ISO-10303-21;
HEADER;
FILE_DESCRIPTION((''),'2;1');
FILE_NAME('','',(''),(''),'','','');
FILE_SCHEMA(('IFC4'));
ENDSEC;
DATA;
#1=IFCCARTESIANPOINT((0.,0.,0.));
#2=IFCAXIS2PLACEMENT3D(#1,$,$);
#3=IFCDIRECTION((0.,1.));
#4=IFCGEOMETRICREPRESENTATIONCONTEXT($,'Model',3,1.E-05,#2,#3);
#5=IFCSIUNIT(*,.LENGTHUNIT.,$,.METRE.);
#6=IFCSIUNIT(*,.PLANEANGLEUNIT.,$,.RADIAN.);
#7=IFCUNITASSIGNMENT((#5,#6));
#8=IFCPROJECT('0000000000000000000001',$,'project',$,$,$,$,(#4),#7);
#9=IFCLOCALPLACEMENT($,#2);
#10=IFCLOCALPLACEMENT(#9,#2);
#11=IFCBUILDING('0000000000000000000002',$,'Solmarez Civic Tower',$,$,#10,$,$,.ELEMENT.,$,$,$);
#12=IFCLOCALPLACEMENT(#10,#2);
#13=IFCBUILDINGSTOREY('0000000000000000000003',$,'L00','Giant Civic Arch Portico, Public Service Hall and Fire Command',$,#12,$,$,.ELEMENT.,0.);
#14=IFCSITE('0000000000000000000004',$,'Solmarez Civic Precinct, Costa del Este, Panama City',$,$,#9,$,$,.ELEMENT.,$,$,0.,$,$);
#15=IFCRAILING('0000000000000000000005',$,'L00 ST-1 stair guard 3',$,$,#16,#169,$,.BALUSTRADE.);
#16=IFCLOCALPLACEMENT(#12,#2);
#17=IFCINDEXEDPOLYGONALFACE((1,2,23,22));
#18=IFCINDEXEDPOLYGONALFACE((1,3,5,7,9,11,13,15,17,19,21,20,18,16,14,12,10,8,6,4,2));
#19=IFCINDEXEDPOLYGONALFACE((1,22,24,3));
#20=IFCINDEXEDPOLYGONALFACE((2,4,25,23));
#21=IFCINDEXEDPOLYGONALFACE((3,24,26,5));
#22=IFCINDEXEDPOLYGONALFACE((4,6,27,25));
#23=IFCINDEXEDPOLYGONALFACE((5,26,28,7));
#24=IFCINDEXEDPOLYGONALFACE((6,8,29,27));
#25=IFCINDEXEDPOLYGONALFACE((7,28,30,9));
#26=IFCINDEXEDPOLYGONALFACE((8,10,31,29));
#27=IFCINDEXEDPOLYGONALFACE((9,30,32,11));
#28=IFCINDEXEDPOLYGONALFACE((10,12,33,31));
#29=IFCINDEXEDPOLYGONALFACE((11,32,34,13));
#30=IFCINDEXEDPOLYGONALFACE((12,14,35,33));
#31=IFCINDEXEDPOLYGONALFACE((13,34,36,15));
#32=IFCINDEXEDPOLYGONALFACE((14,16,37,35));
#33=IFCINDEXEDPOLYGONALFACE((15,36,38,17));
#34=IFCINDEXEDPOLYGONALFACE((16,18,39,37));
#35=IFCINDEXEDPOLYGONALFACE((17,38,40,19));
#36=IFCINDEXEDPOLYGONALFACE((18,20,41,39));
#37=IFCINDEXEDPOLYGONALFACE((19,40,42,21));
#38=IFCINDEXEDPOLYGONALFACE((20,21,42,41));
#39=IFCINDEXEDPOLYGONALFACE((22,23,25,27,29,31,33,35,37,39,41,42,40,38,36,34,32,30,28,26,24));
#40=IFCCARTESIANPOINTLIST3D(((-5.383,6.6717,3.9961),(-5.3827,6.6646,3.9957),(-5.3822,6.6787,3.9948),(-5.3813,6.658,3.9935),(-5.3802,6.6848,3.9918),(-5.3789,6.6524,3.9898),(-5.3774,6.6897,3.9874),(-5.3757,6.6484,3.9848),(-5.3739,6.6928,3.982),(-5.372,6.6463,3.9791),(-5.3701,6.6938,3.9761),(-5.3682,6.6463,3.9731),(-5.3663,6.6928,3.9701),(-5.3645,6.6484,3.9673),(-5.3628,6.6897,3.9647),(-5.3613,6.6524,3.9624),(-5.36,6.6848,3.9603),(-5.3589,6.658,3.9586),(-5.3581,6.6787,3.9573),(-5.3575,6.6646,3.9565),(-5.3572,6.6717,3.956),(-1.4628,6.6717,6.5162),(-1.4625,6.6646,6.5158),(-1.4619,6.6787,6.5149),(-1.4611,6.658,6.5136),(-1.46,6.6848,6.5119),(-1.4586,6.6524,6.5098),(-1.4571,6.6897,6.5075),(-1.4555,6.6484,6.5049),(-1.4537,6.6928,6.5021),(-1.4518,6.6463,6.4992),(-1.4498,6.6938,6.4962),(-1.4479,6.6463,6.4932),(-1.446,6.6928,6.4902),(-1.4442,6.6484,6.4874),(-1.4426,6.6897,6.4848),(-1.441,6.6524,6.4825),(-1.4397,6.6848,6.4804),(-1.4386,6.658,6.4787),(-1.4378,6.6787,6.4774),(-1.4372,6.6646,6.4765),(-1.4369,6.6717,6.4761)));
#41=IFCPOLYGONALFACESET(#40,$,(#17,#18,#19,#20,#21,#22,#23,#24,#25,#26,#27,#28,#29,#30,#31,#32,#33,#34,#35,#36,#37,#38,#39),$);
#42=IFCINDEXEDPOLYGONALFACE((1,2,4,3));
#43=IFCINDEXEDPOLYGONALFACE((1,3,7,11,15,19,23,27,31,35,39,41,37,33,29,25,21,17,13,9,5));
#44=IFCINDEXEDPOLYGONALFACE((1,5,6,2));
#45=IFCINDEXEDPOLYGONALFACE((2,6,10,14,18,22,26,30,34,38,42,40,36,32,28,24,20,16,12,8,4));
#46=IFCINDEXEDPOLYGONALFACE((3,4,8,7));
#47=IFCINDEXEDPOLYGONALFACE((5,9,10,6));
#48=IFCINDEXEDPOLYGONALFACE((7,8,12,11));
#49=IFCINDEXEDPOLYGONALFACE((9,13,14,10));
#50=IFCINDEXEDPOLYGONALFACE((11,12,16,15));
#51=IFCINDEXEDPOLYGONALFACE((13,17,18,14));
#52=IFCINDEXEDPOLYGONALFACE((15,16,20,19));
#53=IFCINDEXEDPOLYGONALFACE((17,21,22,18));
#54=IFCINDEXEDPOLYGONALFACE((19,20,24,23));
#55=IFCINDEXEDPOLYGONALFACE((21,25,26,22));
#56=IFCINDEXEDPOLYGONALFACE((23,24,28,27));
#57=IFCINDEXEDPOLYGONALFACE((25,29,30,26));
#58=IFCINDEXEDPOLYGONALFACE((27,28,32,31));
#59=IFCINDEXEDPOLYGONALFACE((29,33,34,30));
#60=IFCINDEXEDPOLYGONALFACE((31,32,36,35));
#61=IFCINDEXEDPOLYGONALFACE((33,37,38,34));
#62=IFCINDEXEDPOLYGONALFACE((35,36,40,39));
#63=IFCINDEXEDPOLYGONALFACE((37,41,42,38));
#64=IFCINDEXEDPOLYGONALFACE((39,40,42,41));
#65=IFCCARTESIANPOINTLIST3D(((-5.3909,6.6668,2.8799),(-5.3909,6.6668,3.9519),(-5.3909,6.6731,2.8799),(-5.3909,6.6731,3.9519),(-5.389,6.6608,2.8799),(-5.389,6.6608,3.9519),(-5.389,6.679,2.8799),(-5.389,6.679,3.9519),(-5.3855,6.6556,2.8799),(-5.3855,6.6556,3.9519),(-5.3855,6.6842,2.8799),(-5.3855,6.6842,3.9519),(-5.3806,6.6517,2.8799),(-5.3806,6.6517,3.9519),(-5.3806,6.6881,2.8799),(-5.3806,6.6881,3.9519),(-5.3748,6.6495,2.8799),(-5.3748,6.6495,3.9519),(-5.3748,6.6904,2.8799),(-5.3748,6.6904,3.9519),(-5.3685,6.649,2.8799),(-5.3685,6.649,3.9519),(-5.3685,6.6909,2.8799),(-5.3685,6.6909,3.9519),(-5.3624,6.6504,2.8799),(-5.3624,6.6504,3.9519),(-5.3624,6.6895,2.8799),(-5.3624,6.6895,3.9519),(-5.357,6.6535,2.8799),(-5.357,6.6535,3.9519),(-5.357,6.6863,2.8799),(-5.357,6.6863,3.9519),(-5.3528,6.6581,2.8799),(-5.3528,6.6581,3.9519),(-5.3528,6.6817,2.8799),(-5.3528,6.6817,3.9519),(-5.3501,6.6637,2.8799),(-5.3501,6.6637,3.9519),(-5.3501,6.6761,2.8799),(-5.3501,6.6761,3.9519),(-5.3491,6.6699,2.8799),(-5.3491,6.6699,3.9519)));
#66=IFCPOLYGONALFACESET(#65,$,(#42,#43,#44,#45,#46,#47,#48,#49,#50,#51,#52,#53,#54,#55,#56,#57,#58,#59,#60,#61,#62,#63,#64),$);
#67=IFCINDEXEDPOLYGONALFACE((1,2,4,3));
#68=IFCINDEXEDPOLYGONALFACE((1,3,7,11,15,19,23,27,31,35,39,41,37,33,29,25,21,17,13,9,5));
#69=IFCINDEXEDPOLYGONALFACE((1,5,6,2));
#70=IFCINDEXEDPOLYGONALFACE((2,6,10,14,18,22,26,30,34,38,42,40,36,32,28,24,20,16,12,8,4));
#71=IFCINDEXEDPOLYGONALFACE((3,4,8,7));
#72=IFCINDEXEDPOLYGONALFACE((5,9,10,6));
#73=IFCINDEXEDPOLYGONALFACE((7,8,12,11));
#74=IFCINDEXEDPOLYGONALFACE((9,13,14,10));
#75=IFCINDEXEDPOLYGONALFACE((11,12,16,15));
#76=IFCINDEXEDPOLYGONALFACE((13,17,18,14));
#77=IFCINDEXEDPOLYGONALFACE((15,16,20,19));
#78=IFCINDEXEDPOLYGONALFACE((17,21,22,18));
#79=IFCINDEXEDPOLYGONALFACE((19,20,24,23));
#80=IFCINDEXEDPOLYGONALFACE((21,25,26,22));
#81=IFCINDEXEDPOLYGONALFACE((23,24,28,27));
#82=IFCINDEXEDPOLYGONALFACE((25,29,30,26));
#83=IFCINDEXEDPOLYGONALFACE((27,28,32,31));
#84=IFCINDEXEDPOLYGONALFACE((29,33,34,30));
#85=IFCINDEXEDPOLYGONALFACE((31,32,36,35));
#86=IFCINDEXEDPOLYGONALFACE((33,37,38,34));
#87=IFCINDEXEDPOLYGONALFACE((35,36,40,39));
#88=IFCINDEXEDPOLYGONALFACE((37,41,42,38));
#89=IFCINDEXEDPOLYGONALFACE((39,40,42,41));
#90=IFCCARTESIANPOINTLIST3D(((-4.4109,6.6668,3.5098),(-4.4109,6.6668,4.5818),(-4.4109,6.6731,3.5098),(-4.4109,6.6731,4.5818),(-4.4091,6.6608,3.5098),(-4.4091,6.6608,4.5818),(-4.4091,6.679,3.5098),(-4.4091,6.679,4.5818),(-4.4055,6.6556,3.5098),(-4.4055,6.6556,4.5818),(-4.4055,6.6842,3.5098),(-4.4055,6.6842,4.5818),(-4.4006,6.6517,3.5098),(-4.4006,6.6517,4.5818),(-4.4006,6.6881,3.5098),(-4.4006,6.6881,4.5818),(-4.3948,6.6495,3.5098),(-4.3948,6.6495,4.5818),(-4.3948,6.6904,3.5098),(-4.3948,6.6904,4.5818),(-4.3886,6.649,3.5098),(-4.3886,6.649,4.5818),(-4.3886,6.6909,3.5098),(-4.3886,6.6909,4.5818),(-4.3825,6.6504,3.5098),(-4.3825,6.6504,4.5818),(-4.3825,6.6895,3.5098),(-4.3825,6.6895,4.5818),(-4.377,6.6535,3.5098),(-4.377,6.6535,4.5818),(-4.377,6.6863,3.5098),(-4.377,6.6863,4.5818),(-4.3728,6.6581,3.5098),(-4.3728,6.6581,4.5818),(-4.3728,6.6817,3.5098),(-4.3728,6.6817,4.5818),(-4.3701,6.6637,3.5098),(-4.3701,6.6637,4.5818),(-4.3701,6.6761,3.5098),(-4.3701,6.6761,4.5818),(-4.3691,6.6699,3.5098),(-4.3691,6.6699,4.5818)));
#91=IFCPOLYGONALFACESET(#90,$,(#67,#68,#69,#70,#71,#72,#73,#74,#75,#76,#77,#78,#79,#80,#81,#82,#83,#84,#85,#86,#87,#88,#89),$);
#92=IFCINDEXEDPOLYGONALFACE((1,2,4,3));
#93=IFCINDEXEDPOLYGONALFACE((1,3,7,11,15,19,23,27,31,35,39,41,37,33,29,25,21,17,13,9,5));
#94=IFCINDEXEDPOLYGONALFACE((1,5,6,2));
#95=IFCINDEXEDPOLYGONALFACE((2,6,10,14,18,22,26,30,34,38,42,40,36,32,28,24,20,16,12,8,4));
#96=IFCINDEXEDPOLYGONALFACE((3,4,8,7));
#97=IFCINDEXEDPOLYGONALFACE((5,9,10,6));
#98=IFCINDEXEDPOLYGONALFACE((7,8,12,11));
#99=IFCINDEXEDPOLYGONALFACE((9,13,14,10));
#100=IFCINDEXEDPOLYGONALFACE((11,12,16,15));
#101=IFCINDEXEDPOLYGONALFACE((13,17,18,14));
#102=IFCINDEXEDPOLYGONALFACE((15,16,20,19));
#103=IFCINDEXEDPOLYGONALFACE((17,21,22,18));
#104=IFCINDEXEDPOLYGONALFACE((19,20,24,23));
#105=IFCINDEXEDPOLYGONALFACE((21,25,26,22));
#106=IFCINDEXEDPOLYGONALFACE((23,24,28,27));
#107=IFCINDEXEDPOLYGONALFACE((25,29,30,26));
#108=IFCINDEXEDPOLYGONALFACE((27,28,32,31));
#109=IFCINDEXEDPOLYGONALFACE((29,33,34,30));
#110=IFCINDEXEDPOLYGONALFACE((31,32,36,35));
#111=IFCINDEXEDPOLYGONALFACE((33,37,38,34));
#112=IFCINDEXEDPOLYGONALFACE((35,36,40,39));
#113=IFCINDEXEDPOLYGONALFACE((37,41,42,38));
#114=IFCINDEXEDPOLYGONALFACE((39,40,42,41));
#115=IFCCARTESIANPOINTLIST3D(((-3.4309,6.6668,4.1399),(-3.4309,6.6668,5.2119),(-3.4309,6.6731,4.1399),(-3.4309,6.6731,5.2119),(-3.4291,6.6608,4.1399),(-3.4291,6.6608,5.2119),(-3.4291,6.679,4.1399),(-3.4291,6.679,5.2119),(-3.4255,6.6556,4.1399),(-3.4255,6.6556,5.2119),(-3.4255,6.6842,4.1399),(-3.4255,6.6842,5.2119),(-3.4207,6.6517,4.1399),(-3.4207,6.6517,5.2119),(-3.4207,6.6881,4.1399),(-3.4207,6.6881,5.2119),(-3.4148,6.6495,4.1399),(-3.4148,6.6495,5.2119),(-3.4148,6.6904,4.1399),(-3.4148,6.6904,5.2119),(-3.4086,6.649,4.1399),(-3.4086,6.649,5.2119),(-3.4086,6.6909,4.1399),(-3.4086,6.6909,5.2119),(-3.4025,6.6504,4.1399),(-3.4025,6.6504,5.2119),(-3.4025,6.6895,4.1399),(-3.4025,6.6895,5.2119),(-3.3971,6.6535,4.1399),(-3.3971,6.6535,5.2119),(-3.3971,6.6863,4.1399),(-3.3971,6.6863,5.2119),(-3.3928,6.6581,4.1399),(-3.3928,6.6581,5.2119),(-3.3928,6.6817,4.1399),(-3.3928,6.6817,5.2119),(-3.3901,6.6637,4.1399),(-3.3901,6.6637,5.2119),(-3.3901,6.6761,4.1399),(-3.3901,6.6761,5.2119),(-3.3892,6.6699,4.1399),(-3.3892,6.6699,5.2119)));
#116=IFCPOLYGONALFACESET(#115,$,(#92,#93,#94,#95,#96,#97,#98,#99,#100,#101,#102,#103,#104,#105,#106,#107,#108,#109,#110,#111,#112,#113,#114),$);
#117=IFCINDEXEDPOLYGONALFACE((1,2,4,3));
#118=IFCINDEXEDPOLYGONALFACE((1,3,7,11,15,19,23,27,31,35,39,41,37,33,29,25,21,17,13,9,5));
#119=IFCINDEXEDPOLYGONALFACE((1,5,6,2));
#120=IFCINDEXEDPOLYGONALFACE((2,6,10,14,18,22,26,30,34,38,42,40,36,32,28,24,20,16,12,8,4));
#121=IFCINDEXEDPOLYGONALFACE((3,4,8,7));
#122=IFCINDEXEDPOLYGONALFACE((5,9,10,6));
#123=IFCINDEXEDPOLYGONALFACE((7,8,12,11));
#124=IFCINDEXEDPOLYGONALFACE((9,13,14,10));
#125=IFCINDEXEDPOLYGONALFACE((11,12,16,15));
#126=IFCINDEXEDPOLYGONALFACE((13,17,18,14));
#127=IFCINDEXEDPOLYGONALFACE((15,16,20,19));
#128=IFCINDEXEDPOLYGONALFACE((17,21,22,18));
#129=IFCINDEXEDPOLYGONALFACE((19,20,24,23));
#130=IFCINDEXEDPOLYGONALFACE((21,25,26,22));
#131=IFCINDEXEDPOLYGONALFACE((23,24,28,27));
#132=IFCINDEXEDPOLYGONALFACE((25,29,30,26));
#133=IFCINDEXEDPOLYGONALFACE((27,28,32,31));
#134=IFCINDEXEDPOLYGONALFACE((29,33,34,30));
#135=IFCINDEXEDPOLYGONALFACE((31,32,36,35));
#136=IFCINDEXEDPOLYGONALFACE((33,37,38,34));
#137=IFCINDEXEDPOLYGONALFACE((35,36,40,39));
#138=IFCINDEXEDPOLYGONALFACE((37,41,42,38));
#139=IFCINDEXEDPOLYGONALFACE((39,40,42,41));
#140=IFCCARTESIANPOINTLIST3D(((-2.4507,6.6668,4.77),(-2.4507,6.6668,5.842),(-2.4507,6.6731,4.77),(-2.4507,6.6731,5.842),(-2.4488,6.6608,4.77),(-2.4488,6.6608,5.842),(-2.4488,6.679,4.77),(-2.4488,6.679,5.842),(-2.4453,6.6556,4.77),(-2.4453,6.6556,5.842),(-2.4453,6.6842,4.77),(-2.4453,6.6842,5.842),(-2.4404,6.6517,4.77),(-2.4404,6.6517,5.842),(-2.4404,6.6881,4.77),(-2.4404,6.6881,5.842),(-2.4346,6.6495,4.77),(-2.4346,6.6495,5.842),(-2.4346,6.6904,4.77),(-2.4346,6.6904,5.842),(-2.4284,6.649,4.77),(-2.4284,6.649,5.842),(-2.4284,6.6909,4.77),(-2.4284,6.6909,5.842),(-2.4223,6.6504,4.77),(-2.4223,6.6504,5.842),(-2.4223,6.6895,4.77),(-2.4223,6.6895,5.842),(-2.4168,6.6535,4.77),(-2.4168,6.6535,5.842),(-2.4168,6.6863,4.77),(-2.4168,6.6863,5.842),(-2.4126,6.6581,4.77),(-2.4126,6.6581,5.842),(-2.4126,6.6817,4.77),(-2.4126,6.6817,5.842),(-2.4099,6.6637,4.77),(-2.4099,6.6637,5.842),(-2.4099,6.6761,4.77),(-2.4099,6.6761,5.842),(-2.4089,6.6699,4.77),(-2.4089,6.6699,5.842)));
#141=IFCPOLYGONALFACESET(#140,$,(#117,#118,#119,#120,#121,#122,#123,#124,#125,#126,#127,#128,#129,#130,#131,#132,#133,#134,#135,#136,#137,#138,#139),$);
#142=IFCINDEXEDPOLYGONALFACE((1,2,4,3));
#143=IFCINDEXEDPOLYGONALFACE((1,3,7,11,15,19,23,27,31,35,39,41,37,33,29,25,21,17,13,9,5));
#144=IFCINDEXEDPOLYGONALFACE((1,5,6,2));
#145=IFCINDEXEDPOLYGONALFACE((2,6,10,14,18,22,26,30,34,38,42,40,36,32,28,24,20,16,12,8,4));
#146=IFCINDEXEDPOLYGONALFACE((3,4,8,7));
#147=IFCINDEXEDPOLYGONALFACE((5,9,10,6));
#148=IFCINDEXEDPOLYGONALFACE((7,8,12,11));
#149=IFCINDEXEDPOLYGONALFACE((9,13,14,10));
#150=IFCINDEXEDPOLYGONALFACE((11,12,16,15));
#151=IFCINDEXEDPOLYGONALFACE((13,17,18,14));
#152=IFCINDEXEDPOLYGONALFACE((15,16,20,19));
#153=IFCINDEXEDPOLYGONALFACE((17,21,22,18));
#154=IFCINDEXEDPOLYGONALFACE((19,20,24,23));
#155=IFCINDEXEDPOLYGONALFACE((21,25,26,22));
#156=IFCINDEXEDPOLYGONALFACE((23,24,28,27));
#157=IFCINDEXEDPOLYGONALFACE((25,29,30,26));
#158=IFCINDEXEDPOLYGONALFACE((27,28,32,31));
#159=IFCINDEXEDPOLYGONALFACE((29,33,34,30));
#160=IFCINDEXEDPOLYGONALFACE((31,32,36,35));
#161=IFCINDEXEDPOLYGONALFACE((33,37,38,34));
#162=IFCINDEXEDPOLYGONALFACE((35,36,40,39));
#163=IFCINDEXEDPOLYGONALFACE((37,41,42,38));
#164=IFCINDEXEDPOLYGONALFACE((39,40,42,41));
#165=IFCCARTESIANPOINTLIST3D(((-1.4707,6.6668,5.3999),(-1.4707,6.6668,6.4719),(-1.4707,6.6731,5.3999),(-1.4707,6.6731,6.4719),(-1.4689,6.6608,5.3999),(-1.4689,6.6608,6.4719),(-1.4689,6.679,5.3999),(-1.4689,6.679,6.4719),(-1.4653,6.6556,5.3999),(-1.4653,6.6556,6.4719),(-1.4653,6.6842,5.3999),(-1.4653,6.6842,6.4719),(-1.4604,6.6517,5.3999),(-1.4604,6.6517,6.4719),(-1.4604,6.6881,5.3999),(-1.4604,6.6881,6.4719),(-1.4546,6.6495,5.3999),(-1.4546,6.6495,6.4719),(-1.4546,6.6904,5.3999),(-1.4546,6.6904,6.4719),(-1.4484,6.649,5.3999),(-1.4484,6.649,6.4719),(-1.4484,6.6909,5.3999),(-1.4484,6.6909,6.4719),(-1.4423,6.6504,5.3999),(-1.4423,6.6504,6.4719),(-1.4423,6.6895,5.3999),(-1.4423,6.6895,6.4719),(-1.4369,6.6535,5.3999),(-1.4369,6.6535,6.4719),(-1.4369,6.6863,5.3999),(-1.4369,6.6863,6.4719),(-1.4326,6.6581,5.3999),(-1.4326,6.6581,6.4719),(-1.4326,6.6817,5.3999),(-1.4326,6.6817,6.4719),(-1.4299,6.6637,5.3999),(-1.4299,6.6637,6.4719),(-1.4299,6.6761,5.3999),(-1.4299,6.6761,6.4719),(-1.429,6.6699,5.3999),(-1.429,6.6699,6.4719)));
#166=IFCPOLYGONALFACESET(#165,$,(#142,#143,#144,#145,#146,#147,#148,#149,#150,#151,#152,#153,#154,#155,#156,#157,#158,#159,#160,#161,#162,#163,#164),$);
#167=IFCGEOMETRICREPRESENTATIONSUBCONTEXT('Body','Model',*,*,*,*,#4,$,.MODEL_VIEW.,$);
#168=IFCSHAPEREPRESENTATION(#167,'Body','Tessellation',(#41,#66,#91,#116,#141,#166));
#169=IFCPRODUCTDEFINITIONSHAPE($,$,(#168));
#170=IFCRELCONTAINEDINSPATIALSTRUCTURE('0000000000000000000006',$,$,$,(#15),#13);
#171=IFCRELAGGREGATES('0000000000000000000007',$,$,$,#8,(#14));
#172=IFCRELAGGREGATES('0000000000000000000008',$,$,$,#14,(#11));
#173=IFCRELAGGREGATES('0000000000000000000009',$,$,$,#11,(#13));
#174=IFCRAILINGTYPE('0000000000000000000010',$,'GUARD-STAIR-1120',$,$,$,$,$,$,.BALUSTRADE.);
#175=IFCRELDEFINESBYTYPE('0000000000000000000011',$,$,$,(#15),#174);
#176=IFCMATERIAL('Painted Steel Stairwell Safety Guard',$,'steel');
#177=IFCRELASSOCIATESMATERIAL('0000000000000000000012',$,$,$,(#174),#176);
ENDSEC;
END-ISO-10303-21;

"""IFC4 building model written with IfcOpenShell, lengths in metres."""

from ifc_helpers import new_model, si_unit, direction, frame, origin, origin_2d, place, context, subcontext, project, spatial, circle, extrude, material, type_object, element, save


model = new_model("IFC4")

# Units and contexts
model_context = context("Model", 3, precision=1e-05, world=origin(), true_north=direction((0.0, 1.0)))
body_context = subcontext(model_context, "Body", "Model", "MODEL_VIEW")
ifc_project = project(units=[si_unit("LENGTHUNIT", "METRE"), si_unit("PLANEANGLEUNIT", "RADIAN")], contexts=[model_context])

# Site, building, storey
site_placement = place(None, origin())
site = spatial("IfcSite", under=ifc_project, at=site_placement, Name="Solmarez Civic Precinct, Costa del Este, Panama City", CompositionType="ELEMENT", RefElevation=0.0)
building_placement = place(site_placement, origin())
building = spatial("IfcBuilding", under=site, at=building_placement, Name="Solmarez Civic Tower", CompositionType="ELEMENT")
storey_placement = place(building_placement, origin())
storey = spatial("IfcBuildingStorey", under=building, at=storey_placement, Name="L00", Description="Giant Civic Arch Portico, Public Service Hall and Fire Command", CompositionType="ELEMENT", Elevation=0.0)

# Railing
ifc_material_1 = material(Name="Painted Steel Stairwell Safety Guard", Category="steel")
railing_type_1 = type_object("IfcRailingType", Name="GUARD-STAIR-1120", PredefinedType="BALUSTRADE", material=ifc_material_1)
railing_1_placement = place(storey_placement, frame((-5.3701, 6.6699, 2.8799)))
element("IfcRailing", 1, at=railing_1_placement, inside=storey, type_object=railing_type_1, Name="L00 ST-1 stair guard 3", PredefinedType="BALUSTRADE", context=body_context, shape_type="SweptSolid", body=[
    extrude(circle(Radius=0.0239, at=origin_2d()), frame((0.0, 0.0, 1.0962), z_axis=(0.841187, 0.0, 0.540744), x_axis=(0.0, 1.0, 0.0)), (0.0, 0.0, 1.0), 4.6604),
    extrude(circle(Radius=0.021, at=origin_2d()), origin(), (0.0, 0.0, 1.0), 1.072),
    extrude(circle(Radius=0.021, at=origin_2d()), frame((0.98, 0.0, 0.6299)), (0.0, 0.0, 1.0), 1.072),
    extrude(circle(Radius=0.021, at=origin_2d()), frame((1.96, 0.0, 1.26)), (0.0, 0.0, 1.0), 1.072),
    extrude(circle(Radius=0.021, at=origin_2d()), frame((2.9402, 0.0, 1.8901)), (0.0, 0.0, 1.0), 1.072),
    extrude(circle(Radius=0.021, at=origin_2d()), frame((3.9202, 0.0, 2.52)), (0.0, 0.0, 1.0), 1.072),
])

save(model, "model.ifc")
